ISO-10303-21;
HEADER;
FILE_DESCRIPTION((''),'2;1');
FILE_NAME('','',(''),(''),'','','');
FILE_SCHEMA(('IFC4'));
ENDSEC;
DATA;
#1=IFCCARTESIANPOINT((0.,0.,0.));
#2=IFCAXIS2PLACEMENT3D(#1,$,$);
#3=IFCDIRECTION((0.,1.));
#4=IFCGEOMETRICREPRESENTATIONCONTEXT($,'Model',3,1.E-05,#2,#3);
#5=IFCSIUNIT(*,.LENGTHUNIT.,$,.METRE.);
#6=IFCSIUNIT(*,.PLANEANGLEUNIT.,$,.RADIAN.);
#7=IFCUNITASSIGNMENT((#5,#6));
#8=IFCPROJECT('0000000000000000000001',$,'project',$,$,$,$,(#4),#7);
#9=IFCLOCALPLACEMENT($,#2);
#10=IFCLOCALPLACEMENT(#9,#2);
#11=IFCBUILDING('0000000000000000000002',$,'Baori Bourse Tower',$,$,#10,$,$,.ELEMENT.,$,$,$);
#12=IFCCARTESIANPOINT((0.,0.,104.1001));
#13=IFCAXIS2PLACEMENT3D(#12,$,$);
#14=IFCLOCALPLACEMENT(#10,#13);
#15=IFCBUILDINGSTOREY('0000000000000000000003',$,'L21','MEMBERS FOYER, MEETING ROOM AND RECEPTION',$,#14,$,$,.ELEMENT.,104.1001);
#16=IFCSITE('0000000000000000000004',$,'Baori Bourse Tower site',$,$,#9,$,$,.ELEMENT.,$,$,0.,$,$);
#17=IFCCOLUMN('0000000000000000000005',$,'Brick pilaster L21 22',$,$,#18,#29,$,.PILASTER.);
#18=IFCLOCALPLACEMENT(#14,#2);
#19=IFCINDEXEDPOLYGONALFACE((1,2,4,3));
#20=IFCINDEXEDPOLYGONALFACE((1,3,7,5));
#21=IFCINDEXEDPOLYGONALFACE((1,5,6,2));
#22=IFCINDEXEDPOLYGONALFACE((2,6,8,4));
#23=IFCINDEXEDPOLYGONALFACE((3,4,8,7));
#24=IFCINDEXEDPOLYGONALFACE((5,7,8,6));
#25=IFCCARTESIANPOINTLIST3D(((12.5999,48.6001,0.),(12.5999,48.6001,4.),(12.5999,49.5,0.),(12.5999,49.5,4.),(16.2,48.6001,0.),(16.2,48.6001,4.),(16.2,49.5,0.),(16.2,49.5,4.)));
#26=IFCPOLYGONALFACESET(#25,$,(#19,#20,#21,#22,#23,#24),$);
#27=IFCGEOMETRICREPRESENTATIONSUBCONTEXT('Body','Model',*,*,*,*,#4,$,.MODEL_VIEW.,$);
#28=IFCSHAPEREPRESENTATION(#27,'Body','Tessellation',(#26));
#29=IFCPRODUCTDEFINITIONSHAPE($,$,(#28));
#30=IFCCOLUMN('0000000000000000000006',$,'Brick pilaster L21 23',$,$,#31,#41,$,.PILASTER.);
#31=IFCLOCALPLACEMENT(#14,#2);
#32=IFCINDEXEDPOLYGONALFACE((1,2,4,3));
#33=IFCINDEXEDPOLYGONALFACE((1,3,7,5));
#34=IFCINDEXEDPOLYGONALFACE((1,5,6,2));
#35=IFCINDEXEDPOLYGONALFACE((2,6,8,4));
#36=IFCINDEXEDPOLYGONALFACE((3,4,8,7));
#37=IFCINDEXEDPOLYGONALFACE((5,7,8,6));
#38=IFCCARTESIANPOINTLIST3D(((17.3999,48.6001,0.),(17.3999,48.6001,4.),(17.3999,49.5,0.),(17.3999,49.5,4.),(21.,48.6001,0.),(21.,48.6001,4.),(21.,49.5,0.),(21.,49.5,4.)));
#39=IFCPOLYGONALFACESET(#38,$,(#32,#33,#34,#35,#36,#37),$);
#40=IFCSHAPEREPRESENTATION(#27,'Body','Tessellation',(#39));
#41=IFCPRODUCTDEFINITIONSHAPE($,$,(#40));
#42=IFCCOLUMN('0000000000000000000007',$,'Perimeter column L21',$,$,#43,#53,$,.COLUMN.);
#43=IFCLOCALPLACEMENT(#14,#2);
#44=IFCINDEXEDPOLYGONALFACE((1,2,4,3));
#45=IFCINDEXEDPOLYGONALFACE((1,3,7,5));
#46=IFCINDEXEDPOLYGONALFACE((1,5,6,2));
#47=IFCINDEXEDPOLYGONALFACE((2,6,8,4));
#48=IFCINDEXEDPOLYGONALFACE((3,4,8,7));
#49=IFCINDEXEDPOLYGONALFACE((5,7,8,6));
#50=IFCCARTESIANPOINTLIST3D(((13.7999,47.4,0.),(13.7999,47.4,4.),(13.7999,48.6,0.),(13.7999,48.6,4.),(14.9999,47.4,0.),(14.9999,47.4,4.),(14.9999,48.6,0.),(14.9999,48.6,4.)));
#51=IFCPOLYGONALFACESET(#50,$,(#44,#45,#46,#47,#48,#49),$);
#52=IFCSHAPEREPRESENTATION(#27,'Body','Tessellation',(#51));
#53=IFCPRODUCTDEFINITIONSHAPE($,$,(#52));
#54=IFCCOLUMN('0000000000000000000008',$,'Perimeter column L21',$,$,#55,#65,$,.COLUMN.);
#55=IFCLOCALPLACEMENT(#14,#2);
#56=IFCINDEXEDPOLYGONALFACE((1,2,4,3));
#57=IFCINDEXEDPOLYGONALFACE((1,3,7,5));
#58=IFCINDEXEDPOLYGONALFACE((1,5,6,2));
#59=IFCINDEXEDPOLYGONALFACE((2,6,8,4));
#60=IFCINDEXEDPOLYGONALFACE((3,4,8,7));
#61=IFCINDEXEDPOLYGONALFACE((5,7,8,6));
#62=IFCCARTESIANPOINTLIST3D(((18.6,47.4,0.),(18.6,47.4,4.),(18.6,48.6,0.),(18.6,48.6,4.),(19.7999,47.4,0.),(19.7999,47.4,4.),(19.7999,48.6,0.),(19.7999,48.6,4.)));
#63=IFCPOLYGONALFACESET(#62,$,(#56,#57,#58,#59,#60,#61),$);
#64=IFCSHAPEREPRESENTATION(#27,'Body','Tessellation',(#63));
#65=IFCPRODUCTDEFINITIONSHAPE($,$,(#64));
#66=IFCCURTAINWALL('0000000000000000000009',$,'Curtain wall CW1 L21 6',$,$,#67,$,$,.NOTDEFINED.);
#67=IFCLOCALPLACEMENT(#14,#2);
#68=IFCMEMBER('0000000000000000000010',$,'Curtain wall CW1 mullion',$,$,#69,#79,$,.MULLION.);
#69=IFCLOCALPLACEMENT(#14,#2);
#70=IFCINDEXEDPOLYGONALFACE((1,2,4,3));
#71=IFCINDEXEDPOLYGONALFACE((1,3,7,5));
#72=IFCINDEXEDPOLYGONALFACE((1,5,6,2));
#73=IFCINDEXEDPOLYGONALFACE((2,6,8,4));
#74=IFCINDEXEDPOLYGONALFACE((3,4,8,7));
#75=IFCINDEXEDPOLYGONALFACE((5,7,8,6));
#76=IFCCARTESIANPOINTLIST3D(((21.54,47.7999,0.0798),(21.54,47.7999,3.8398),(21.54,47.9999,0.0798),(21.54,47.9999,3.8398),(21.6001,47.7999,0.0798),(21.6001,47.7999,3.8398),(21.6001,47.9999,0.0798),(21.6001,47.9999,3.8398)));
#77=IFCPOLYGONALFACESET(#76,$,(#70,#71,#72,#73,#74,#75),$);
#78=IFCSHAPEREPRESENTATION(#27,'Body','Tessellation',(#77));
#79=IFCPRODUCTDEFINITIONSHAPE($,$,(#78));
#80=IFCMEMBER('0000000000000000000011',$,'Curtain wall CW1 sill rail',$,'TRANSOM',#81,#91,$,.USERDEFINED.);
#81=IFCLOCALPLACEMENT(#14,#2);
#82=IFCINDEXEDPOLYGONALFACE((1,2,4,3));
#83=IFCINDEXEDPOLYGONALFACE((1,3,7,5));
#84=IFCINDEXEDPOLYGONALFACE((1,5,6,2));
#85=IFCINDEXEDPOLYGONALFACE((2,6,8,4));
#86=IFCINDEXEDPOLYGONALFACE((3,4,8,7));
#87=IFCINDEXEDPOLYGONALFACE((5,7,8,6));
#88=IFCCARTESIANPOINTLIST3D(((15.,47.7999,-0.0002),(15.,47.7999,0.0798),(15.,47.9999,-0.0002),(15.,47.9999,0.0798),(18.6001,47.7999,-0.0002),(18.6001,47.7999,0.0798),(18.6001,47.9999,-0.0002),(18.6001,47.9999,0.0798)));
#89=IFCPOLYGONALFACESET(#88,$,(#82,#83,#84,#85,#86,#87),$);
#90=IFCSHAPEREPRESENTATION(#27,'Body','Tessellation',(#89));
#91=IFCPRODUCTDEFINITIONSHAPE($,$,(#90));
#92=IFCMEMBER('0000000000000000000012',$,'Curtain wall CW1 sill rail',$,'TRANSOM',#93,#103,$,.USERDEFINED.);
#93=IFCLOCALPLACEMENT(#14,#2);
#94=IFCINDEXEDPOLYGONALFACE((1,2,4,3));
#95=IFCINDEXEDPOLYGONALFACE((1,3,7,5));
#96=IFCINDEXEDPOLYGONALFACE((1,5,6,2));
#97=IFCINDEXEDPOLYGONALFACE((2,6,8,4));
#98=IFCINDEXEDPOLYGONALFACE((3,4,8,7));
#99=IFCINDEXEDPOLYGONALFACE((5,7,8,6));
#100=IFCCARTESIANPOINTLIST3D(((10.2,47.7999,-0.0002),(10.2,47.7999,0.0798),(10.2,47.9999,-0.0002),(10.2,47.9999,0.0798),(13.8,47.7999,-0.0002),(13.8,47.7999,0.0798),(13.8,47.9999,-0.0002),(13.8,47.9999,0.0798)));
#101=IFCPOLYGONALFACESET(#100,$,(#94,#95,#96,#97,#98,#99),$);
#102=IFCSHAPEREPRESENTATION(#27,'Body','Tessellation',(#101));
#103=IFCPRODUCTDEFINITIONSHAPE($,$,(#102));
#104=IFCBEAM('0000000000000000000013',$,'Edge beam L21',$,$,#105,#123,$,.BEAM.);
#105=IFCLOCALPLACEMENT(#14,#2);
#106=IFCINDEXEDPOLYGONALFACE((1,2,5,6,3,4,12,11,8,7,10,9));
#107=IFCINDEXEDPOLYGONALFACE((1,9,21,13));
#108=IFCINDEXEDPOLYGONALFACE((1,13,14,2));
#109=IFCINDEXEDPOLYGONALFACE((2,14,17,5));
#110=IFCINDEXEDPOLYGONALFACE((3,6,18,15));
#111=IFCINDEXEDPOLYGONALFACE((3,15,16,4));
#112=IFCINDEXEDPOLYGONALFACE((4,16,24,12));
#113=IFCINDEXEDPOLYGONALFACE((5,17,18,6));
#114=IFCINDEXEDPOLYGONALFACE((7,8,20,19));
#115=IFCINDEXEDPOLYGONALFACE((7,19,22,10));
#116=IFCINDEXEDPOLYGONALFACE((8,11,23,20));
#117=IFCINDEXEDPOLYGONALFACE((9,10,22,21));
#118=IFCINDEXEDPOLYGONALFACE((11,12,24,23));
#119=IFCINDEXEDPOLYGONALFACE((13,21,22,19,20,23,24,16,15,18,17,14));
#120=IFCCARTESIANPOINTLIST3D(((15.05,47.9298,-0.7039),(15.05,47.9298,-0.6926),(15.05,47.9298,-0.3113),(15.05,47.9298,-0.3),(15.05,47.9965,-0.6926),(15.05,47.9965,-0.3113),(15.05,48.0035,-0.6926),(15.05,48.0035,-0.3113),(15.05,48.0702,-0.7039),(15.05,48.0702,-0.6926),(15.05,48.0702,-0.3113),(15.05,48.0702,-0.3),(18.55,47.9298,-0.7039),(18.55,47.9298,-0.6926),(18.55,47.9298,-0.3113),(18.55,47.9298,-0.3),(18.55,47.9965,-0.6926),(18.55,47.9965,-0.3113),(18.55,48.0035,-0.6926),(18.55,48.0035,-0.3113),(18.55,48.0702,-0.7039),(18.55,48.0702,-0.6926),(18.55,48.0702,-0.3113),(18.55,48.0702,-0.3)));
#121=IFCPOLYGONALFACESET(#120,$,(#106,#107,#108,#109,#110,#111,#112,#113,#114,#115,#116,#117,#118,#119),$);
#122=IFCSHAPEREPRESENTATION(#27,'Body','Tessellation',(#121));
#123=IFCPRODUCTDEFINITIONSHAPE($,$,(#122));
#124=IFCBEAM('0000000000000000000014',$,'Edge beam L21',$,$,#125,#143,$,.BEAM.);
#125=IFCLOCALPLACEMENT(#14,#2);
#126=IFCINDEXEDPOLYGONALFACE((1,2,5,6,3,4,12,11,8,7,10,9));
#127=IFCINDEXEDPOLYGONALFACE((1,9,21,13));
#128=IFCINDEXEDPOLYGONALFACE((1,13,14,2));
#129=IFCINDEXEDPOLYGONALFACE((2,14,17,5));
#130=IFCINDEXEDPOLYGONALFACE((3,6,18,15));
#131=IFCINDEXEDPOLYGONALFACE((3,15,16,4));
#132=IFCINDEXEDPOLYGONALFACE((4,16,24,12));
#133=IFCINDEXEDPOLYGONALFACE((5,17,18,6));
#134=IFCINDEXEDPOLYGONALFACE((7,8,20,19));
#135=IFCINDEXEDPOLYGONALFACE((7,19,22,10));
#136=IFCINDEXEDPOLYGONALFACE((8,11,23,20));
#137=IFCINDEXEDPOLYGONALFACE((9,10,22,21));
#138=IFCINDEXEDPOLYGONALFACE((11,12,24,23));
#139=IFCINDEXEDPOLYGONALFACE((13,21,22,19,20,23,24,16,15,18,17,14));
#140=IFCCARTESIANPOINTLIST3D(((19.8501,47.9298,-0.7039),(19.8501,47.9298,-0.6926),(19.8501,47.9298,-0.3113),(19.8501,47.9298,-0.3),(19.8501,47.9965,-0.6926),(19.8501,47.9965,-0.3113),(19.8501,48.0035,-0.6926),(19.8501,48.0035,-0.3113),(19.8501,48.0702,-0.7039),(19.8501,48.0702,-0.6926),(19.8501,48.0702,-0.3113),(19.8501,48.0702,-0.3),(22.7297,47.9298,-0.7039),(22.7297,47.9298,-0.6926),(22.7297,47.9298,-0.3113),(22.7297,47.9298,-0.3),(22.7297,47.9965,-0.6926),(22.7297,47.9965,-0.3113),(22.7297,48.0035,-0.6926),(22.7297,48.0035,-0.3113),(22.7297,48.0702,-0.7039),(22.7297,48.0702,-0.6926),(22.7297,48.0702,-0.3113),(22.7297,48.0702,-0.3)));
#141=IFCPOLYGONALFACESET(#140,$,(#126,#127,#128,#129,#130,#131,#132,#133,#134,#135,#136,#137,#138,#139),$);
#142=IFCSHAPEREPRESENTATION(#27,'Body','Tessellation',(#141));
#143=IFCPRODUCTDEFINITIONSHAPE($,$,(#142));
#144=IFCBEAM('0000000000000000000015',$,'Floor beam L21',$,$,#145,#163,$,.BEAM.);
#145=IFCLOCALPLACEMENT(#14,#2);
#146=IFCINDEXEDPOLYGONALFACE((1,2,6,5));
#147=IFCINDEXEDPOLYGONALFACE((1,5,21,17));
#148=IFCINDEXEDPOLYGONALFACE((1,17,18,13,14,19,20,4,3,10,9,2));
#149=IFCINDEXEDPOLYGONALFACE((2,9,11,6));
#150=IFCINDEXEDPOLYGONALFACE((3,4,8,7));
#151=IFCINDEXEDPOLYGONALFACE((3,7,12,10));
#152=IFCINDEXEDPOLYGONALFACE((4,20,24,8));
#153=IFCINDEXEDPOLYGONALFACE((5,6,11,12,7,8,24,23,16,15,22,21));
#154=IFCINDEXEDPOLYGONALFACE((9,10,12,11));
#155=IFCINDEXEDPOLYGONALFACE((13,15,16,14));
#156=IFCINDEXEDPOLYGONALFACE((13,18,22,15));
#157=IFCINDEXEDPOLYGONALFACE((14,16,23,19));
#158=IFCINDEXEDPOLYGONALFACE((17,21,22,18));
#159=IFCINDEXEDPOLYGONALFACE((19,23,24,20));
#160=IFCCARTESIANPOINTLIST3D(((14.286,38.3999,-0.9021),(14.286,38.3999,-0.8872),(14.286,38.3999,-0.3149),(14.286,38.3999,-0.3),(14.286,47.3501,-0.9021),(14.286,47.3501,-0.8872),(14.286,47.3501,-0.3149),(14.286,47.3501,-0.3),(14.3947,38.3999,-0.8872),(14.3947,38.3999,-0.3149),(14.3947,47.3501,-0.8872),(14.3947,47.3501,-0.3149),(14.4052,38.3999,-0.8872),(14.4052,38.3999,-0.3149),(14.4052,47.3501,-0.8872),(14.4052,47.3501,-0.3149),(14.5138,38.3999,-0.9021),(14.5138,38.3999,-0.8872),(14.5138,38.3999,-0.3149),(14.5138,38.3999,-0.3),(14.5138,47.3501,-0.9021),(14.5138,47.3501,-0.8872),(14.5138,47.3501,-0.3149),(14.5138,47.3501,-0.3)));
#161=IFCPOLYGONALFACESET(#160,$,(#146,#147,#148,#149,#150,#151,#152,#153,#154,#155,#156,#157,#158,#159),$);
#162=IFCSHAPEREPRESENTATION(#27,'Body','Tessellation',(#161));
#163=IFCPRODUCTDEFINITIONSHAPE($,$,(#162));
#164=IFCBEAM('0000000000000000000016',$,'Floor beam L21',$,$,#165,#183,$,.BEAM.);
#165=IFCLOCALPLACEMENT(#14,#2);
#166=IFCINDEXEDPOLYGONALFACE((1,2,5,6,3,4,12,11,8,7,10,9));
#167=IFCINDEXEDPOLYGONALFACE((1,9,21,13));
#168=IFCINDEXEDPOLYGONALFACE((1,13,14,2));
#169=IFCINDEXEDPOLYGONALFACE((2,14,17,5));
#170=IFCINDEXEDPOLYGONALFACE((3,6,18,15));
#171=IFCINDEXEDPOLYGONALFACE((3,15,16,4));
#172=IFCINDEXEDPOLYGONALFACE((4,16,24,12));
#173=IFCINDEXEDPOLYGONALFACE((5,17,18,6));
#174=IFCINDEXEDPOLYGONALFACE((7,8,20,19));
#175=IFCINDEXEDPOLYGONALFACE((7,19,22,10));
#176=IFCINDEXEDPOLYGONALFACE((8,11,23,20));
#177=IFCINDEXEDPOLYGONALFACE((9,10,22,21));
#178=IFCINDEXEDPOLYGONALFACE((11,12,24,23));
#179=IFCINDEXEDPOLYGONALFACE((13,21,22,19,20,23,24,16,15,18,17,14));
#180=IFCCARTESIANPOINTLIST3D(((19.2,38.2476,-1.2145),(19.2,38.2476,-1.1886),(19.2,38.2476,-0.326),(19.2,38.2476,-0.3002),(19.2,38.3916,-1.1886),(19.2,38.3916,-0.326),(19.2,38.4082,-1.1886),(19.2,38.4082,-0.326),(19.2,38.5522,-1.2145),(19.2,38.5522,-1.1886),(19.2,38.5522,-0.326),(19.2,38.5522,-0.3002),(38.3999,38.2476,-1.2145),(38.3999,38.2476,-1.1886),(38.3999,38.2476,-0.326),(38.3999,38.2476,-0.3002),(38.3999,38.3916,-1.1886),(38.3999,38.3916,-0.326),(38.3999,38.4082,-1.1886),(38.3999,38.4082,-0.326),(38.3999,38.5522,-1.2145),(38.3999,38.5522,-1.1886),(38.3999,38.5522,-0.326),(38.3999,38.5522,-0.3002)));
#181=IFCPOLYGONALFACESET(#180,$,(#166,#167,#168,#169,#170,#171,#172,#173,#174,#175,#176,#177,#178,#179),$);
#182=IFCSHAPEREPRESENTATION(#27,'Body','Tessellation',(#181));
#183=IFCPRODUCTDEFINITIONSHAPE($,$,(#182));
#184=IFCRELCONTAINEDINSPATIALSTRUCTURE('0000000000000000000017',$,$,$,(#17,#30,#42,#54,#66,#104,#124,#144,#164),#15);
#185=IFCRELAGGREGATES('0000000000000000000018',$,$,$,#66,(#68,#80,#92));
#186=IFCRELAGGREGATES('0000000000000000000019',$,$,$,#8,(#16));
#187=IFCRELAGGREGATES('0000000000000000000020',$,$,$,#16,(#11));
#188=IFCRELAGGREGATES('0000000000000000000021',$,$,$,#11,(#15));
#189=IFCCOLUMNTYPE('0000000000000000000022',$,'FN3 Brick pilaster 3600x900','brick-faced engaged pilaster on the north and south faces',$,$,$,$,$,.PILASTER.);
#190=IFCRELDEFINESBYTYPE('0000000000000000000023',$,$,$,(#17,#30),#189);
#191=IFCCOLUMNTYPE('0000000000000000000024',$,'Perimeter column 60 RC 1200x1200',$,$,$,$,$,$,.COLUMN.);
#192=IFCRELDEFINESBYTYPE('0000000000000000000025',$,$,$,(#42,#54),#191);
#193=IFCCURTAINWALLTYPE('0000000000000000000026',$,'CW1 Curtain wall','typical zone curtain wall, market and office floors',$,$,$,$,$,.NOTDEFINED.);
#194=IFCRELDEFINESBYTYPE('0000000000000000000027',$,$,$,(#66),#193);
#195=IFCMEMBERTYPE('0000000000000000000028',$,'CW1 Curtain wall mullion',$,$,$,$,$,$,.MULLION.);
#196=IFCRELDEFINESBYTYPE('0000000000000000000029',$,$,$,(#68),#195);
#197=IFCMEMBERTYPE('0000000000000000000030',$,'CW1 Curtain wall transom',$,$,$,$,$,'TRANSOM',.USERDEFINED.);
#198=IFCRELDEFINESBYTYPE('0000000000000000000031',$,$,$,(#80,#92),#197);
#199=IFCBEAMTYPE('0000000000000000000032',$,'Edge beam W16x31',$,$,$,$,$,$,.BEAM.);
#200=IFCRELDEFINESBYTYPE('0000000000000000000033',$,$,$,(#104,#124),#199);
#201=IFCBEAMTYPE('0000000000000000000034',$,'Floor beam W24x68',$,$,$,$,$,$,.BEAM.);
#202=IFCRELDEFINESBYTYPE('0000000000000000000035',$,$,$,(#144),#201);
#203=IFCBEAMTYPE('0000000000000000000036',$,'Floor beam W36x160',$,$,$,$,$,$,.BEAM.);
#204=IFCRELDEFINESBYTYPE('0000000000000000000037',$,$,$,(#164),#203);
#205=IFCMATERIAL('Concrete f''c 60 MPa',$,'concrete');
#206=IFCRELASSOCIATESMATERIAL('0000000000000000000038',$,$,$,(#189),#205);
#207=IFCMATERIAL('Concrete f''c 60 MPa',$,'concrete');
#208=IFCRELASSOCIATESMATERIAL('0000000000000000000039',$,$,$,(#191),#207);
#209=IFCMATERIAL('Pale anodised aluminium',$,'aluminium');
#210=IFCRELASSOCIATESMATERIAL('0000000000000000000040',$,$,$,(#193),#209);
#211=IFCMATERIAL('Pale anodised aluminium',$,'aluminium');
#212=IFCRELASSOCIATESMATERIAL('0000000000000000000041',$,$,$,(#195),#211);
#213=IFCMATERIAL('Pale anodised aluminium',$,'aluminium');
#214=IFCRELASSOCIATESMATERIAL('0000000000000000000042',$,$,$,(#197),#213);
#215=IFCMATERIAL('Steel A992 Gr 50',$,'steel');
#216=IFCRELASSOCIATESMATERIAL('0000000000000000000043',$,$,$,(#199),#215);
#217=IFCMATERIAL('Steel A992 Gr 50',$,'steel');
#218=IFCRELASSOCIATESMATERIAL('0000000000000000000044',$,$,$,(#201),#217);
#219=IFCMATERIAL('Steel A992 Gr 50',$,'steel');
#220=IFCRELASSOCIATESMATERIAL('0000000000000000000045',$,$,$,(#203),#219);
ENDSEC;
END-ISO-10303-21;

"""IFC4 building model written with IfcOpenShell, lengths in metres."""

from ifc_helpers import new_model, si_unit, direction, frame, origin, origin_2d, place, context, subcontext, project, spatial, rectangle, i_section, extrude, material, material_profile, profile_set, type_object, element, aggregate, save


model = new_model("IFC4")

# Units and contexts
model_context = context("Model", 3, precision=1e-05, world=origin(), true_north=direction((0.0, 1.0)))
body_context = subcontext(model_context, "Body", "Model", "MODEL_VIEW")
ifc_project = project(units=[si_unit("LENGTHUNIT", "METRE"), si_unit("PLANEANGLEUNIT", "RADIAN")], contexts=[model_context])

# Site, building, storey
site_placement = place(None, origin())
site = spatial("IfcSite", under=ifc_project, at=site_placement, Name="Baori Bourse Tower site", CompositionType="ELEMENT", RefElevation=0.0)
building_placement = place(site_placement, origin())
building = spatial("IfcBuilding", under=site, at=building_placement, Name="Baori Bourse Tower", CompositionType="ELEMENT")
storey_placement = place(building_placement, frame((0.0, 0.0, 104.1001)))
storey = spatial("IfcBuildingStorey", under=building, at=storey_placement, Name="L21", Description="MEMBERS FOYER, MEETING ROOM AND RECEPTION", CompositionType="ELEMENT", Elevation=104.1001)

# Columns
ifc_material_1 = material(Name="Concrete f'c 60 MPa", Category="concrete")
ifc_material_profile_1 = material_profile(ifc_material_1, rectangle(XDim=3.6001, YDim=0.8999, at=origin_2d()), Name="RC 3600x900")
ifc_profile_set_1 = profile_set([ifc_material_profile_1], Name="Concrete f'c 60 MPa")
column_type_1 = type_object("IfcColumnType", Name="FN3 Brick pilaster 3600x900", Description="brick-faced engaged pilaster on the north and south faces", PredefinedType="PILASTER", material=ifc_profile_set_1)
for number, where, z_axis, x_axis, name in (
    (1, (14.3999, 49.05, 0.0), (0.0, 0.0, 1.0), (1.0, 0.0, 0.0), "Brick pilaster L21 22"),
    (2, (19.2, 49.05, 0.0), (0.0, 0.0, 1.0), (1.0, 0.0, 0.0), "Brick pilaster L21 23"),
):
    element("IfcColumn", number, at=place(storey_placement, frame(where, z_axis=z_axis, x_axis=x_axis)), inside=storey, type_object=column_type_1, Name=name, PredefinedType="PILASTER", context=body_context, shape_type="SweptSolid", body=[
        extrude(rectangle(XDim=3.6001, YDim=0.8999, at=origin_2d()), origin(), (0.0, 0.0, 1.0), 4.0),
    ])
ifc_material_2 = material(Name="Concrete f'c 60 MPa", Category="concrete")
ifc_material_profile_2 = material_profile(ifc_material_2, rectangle(XDim=1.2, YDim=1.2, at=origin_2d()), Name="RC 1200x1200")
ifc_profile_set_2 = profile_set([ifc_material_profile_2], Name="Concrete f'c 60 MPa")
column_type_2 = type_object("IfcColumnType", Name="Perimeter column 60 RC 1200x1200", PredefinedType="COLUMN", material=ifc_profile_set_2)
for number, where, z_axis, x_axis, name in (
    (3, (14.3999, 48.0, 0.0), (0.0, 0.0, 1.0), (1.0, 0.0, 0.0), "Perimeter column L21"),
    (4, (19.2, 48.0, 0.0), (0.0, 0.0, 1.0), (1.0, 0.0, 0.0), "Perimeter column L21"),
):
    element("IfcColumn", number, at=place(storey_placement, frame(where, z_axis=z_axis, x_axis=x_axis)), inside=storey, type_object=column_type_2, Name=name, PredefinedType="COLUMN", context=body_context, shape_type="SweptSolid", body=[
        extrude(rectangle(XDim=1.2, YDim=1.2, at=origin_2d()), origin(), (0.0, 0.0, 1.0), 4.0),
    ])

# Curtain wall, members
ifc_material_3 = material(Name="Pale anodised aluminium", Category="aluminium")
curtain_wall_type = type_object("IfcCurtainWallType", Name="CW1 Curtain wall", Description="typical zone curtain wall, market and office floors", PredefinedType="NOTDEFINED", material=ifc_material_3)
curtain_wall_placement = place(storey_placement, origin())
curtain_wall = element("IfcCurtainWall", 5, at=curtain_wall_placement, inside=storey, type_object=curtain_wall_type, Name="Curtain wall CW1 L21 6", PredefinedType="NOTDEFINED")
ifc_material_4 = material(Name="Pale anodised aluminium", Category="aluminium")
ifc_material_profile_3 = material_profile(ifc_material_4, rectangle(XDim=0.2, YDim=0.0601, at=origin_2d()), Name="Mullion 60x200")
ifc_profile_set_3 = profile_set([ifc_material_profile_3], Name="Pale anodised aluminium")
member_type_1 = type_object("IfcMemberType", Name="CW1 Curtain wall mullion", PredefinedType="MULLION", material=ifc_profile_set_3)
member_1_placement = place(storey_placement, frame((21.5701, 47.8999, 0.0798), z_axis=(0.0, 0.0, 1.0), x_axis=(0.0, -1.0, 0.0)))
member_1 = element("IfcMember", 6, at=member_1_placement, type_object=member_type_1, Name="Curtain wall CW1 mullion", PredefinedType="MULLION", context=body_context, shape_type="SweptSolid", body=[
    extrude(rectangle(XDim=0.2, YDim=0.0601, at=origin_2d()), origin(), (0.0, 0.0, 1.0), 3.76),
])
ifc_material_5 = material(Name="Pale anodised aluminium", Category="aluminium")
ifc_material_profile_4 = material_profile(ifc_material_5, rectangle(XDim=0.2, YDim=0.0801, at=origin_2d()), Name="Transom 80x200")
ifc_profile_set_4 = profile_set([ifc_material_profile_4], Name="Pale anodised aluminium")
member_type_2 = type_object("IfcMemberType", Name="CW1 Curtain wall transom", ElementType="TRANSOM", PredefinedType="USERDEFINED", material=ifc_profile_set_4)
member_2_placement = place(storey_placement, frame((18.6001, 47.8999, 0.0398), z_axis=(-1.0, 0.0, 0.0), x_axis=(0.0, -1.0, 0.0)))
member_2 = element("IfcMember", 7, at=member_2_placement, type_object=member_type_2, Name="Curtain wall CW1 sill rail", ObjectType="TRANSOM", PredefinedType="USERDEFINED", context=body_context, shape_type="SweptSolid", body=[
    extrude(rectangle(XDim=0.2, YDim=0.0801, at=origin_2d()), origin(), (0.0, 0.0, 1.0), 3.6001),
])
member_3_placement = place(storey_placement, frame((13.8, 47.8999, 0.0398), z_axis=(-1.0, 0.0, 0.0), x_axis=(0.0, -1.0, 0.0)))
member_3 = element("IfcMember", 8, at=member_3_placement, type_object=member_type_2, Name="Curtain wall CW1 sill rail", ObjectType="TRANSOM", PredefinedType="USERDEFINED", context=body_context, shape_type="SweptSolid", body=[
    extrude(rectangle(XDim=0.2, YDim=0.0801, at=origin_2d()), origin(), (0.0, 0.0, 1.0), 3.6001),
])

# Beams
ifc_material_6 = material(Name="Steel A992 Gr 50", Category="steel")
ifc_material_profile_5 = material_profile(ifc_material_6, i_section(OverallWidth=0.1404, OverallDepth=0.4038, WebThickness=0.0071, FlangeThickness=0.0112, at=origin_2d()), Name="W16x31")
ifc_profile_set_5 = profile_set([ifc_material_profile_5], Name="Steel A992 Gr 50")
beam_type_1 = type_object("IfcBeamType", Name="Edge beam W16x31", PredefinedType="BEAM", material=ifc_profile_set_5)
beam_1_placement = place(storey_placement, frame((15.05, 48.0, -0.502), z_axis=(1.0, 0.0, 0.0), x_axis=(0.0, 1.0, 0.0)))
element("IfcBeam", 9, at=beam_1_placement, inside=storey, type_object=beam_type_1, Name="Edge beam L21", PredefinedType="BEAM", context=body_context, shape_type="SweptSolid", body=[
    extrude(i_section(OverallWidth=0.1404, OverallDepth=0.4038, WebThickness=0.0071, FlangeThickness=0.0112, at=origin_2d()), origin(), (0.0, 0.0, 1.0), 3.5),
])
beam_2_placement = place(storey_placement, frame((19.8501, 48.0, -0.502), z_axis=(1.0, 0.0, 0.0), x_axis=(0.0, 1.0, 0.0)))
element("IfcBeam", 10, at=beam_2_placement, inside=storey, type_object=beam_type_1, Name="Edge beam L21", PredefinedType="BEAM", context=body_context, shape_type="SweptSolid", body=[
    extrude(i_section(OverallWidth=0.1404, OverallDepth=0.4038, WebThickness=0.0071, FlangeThickness=0.0112, at=origin_2d()), origin(), (0.0, 0.0, 1.0), 2.8796),
])
ifc_material_7 = material(Name="Steel A992 Gr 50", Category="steel")
ifc_material_profile_6 = material_profile(ifc_material_7, i_section(OverallWidth=0.2278, OverallDepth=0.6021, WebThickness=0.0105, FlangeThickness=0.0149, at=origin_2d()), Name="W24x68")
ifc_profile_set_6 = profile_set([ifc_material_profile_6], Name="Steel A992 Gr 50")
beam_type_2 = type_object("IfcBeamType", Name="Floor beam W24x68", PredefinedType="BEAM", material=ifc_profile_set_6)
beam_3_placement = place(storey_placement, frame((14.3999, 38.3999, -0.6011), z_axis=(0.0, 1.0, 0.0), x_axis=(-1.0, 0.0, 0.0)))
element("IfcBeam", 11, at=beam_3_placement, inside=storey, type_object=beam_type_2, Name="Floor beam L21", PredefinedType="BEAM", context=body_context, shape_type="SweptSolid", body=[
    extrude(i_section(OverallWidth=0.2278, OverallDepth=0.6021, WebThickness=0.0105, FlangeThickness=0.0149, at=origin_2d()), origin(), (0.0, 0.0, 1.0), 8.9502),
])
ifc_material_8 = material(Name="Steel A992 Gr 50", Category="steel")
ifc_material_profile_7 = material_profile(ifc_material_8, i_section(OverallWidth=0.3047, OverallDepth=0.9143, WebThickness=0.0166, FlangeThickness=0.0259, at=origin_2d()), Name="W36x160")
ifc_profile_set_7 = profile_set([ifc_material_profile_7], Name="Steel A992 Gr 50")
beam_type_3 = type_object("IfcBeamType", Name="Floor beam W36x160", PredefinedType="BEAM", material=ifc_profile_set_7)
beam_4_placement = place(storey_placement, frame((19.2, 38.3999, -0.7573), z_axis=(1.0, 0.0, 0.0), x_axis=(0.0, 1.0, 0.0)))
element("IfcBeam", 12, at=beam_4_placement, inside=storey, type_object=beam_type_3, Name="Floor beam L21", PredefinedType="BEAM", context=body_context, shape_type="SweptSolid", body=[
    extrude(i_section(OverallWidth=0.3047, OverallDepth=0.9143, WebThickness=0.0166, FlangeThickness=0.0259, at=origin_2d()), origin(), (0.0, 0.0, 1.0), 19.2),
])

aggregate(curtain_wall, [member_1, member_2, member_3])

save(model, "model.ifc")
